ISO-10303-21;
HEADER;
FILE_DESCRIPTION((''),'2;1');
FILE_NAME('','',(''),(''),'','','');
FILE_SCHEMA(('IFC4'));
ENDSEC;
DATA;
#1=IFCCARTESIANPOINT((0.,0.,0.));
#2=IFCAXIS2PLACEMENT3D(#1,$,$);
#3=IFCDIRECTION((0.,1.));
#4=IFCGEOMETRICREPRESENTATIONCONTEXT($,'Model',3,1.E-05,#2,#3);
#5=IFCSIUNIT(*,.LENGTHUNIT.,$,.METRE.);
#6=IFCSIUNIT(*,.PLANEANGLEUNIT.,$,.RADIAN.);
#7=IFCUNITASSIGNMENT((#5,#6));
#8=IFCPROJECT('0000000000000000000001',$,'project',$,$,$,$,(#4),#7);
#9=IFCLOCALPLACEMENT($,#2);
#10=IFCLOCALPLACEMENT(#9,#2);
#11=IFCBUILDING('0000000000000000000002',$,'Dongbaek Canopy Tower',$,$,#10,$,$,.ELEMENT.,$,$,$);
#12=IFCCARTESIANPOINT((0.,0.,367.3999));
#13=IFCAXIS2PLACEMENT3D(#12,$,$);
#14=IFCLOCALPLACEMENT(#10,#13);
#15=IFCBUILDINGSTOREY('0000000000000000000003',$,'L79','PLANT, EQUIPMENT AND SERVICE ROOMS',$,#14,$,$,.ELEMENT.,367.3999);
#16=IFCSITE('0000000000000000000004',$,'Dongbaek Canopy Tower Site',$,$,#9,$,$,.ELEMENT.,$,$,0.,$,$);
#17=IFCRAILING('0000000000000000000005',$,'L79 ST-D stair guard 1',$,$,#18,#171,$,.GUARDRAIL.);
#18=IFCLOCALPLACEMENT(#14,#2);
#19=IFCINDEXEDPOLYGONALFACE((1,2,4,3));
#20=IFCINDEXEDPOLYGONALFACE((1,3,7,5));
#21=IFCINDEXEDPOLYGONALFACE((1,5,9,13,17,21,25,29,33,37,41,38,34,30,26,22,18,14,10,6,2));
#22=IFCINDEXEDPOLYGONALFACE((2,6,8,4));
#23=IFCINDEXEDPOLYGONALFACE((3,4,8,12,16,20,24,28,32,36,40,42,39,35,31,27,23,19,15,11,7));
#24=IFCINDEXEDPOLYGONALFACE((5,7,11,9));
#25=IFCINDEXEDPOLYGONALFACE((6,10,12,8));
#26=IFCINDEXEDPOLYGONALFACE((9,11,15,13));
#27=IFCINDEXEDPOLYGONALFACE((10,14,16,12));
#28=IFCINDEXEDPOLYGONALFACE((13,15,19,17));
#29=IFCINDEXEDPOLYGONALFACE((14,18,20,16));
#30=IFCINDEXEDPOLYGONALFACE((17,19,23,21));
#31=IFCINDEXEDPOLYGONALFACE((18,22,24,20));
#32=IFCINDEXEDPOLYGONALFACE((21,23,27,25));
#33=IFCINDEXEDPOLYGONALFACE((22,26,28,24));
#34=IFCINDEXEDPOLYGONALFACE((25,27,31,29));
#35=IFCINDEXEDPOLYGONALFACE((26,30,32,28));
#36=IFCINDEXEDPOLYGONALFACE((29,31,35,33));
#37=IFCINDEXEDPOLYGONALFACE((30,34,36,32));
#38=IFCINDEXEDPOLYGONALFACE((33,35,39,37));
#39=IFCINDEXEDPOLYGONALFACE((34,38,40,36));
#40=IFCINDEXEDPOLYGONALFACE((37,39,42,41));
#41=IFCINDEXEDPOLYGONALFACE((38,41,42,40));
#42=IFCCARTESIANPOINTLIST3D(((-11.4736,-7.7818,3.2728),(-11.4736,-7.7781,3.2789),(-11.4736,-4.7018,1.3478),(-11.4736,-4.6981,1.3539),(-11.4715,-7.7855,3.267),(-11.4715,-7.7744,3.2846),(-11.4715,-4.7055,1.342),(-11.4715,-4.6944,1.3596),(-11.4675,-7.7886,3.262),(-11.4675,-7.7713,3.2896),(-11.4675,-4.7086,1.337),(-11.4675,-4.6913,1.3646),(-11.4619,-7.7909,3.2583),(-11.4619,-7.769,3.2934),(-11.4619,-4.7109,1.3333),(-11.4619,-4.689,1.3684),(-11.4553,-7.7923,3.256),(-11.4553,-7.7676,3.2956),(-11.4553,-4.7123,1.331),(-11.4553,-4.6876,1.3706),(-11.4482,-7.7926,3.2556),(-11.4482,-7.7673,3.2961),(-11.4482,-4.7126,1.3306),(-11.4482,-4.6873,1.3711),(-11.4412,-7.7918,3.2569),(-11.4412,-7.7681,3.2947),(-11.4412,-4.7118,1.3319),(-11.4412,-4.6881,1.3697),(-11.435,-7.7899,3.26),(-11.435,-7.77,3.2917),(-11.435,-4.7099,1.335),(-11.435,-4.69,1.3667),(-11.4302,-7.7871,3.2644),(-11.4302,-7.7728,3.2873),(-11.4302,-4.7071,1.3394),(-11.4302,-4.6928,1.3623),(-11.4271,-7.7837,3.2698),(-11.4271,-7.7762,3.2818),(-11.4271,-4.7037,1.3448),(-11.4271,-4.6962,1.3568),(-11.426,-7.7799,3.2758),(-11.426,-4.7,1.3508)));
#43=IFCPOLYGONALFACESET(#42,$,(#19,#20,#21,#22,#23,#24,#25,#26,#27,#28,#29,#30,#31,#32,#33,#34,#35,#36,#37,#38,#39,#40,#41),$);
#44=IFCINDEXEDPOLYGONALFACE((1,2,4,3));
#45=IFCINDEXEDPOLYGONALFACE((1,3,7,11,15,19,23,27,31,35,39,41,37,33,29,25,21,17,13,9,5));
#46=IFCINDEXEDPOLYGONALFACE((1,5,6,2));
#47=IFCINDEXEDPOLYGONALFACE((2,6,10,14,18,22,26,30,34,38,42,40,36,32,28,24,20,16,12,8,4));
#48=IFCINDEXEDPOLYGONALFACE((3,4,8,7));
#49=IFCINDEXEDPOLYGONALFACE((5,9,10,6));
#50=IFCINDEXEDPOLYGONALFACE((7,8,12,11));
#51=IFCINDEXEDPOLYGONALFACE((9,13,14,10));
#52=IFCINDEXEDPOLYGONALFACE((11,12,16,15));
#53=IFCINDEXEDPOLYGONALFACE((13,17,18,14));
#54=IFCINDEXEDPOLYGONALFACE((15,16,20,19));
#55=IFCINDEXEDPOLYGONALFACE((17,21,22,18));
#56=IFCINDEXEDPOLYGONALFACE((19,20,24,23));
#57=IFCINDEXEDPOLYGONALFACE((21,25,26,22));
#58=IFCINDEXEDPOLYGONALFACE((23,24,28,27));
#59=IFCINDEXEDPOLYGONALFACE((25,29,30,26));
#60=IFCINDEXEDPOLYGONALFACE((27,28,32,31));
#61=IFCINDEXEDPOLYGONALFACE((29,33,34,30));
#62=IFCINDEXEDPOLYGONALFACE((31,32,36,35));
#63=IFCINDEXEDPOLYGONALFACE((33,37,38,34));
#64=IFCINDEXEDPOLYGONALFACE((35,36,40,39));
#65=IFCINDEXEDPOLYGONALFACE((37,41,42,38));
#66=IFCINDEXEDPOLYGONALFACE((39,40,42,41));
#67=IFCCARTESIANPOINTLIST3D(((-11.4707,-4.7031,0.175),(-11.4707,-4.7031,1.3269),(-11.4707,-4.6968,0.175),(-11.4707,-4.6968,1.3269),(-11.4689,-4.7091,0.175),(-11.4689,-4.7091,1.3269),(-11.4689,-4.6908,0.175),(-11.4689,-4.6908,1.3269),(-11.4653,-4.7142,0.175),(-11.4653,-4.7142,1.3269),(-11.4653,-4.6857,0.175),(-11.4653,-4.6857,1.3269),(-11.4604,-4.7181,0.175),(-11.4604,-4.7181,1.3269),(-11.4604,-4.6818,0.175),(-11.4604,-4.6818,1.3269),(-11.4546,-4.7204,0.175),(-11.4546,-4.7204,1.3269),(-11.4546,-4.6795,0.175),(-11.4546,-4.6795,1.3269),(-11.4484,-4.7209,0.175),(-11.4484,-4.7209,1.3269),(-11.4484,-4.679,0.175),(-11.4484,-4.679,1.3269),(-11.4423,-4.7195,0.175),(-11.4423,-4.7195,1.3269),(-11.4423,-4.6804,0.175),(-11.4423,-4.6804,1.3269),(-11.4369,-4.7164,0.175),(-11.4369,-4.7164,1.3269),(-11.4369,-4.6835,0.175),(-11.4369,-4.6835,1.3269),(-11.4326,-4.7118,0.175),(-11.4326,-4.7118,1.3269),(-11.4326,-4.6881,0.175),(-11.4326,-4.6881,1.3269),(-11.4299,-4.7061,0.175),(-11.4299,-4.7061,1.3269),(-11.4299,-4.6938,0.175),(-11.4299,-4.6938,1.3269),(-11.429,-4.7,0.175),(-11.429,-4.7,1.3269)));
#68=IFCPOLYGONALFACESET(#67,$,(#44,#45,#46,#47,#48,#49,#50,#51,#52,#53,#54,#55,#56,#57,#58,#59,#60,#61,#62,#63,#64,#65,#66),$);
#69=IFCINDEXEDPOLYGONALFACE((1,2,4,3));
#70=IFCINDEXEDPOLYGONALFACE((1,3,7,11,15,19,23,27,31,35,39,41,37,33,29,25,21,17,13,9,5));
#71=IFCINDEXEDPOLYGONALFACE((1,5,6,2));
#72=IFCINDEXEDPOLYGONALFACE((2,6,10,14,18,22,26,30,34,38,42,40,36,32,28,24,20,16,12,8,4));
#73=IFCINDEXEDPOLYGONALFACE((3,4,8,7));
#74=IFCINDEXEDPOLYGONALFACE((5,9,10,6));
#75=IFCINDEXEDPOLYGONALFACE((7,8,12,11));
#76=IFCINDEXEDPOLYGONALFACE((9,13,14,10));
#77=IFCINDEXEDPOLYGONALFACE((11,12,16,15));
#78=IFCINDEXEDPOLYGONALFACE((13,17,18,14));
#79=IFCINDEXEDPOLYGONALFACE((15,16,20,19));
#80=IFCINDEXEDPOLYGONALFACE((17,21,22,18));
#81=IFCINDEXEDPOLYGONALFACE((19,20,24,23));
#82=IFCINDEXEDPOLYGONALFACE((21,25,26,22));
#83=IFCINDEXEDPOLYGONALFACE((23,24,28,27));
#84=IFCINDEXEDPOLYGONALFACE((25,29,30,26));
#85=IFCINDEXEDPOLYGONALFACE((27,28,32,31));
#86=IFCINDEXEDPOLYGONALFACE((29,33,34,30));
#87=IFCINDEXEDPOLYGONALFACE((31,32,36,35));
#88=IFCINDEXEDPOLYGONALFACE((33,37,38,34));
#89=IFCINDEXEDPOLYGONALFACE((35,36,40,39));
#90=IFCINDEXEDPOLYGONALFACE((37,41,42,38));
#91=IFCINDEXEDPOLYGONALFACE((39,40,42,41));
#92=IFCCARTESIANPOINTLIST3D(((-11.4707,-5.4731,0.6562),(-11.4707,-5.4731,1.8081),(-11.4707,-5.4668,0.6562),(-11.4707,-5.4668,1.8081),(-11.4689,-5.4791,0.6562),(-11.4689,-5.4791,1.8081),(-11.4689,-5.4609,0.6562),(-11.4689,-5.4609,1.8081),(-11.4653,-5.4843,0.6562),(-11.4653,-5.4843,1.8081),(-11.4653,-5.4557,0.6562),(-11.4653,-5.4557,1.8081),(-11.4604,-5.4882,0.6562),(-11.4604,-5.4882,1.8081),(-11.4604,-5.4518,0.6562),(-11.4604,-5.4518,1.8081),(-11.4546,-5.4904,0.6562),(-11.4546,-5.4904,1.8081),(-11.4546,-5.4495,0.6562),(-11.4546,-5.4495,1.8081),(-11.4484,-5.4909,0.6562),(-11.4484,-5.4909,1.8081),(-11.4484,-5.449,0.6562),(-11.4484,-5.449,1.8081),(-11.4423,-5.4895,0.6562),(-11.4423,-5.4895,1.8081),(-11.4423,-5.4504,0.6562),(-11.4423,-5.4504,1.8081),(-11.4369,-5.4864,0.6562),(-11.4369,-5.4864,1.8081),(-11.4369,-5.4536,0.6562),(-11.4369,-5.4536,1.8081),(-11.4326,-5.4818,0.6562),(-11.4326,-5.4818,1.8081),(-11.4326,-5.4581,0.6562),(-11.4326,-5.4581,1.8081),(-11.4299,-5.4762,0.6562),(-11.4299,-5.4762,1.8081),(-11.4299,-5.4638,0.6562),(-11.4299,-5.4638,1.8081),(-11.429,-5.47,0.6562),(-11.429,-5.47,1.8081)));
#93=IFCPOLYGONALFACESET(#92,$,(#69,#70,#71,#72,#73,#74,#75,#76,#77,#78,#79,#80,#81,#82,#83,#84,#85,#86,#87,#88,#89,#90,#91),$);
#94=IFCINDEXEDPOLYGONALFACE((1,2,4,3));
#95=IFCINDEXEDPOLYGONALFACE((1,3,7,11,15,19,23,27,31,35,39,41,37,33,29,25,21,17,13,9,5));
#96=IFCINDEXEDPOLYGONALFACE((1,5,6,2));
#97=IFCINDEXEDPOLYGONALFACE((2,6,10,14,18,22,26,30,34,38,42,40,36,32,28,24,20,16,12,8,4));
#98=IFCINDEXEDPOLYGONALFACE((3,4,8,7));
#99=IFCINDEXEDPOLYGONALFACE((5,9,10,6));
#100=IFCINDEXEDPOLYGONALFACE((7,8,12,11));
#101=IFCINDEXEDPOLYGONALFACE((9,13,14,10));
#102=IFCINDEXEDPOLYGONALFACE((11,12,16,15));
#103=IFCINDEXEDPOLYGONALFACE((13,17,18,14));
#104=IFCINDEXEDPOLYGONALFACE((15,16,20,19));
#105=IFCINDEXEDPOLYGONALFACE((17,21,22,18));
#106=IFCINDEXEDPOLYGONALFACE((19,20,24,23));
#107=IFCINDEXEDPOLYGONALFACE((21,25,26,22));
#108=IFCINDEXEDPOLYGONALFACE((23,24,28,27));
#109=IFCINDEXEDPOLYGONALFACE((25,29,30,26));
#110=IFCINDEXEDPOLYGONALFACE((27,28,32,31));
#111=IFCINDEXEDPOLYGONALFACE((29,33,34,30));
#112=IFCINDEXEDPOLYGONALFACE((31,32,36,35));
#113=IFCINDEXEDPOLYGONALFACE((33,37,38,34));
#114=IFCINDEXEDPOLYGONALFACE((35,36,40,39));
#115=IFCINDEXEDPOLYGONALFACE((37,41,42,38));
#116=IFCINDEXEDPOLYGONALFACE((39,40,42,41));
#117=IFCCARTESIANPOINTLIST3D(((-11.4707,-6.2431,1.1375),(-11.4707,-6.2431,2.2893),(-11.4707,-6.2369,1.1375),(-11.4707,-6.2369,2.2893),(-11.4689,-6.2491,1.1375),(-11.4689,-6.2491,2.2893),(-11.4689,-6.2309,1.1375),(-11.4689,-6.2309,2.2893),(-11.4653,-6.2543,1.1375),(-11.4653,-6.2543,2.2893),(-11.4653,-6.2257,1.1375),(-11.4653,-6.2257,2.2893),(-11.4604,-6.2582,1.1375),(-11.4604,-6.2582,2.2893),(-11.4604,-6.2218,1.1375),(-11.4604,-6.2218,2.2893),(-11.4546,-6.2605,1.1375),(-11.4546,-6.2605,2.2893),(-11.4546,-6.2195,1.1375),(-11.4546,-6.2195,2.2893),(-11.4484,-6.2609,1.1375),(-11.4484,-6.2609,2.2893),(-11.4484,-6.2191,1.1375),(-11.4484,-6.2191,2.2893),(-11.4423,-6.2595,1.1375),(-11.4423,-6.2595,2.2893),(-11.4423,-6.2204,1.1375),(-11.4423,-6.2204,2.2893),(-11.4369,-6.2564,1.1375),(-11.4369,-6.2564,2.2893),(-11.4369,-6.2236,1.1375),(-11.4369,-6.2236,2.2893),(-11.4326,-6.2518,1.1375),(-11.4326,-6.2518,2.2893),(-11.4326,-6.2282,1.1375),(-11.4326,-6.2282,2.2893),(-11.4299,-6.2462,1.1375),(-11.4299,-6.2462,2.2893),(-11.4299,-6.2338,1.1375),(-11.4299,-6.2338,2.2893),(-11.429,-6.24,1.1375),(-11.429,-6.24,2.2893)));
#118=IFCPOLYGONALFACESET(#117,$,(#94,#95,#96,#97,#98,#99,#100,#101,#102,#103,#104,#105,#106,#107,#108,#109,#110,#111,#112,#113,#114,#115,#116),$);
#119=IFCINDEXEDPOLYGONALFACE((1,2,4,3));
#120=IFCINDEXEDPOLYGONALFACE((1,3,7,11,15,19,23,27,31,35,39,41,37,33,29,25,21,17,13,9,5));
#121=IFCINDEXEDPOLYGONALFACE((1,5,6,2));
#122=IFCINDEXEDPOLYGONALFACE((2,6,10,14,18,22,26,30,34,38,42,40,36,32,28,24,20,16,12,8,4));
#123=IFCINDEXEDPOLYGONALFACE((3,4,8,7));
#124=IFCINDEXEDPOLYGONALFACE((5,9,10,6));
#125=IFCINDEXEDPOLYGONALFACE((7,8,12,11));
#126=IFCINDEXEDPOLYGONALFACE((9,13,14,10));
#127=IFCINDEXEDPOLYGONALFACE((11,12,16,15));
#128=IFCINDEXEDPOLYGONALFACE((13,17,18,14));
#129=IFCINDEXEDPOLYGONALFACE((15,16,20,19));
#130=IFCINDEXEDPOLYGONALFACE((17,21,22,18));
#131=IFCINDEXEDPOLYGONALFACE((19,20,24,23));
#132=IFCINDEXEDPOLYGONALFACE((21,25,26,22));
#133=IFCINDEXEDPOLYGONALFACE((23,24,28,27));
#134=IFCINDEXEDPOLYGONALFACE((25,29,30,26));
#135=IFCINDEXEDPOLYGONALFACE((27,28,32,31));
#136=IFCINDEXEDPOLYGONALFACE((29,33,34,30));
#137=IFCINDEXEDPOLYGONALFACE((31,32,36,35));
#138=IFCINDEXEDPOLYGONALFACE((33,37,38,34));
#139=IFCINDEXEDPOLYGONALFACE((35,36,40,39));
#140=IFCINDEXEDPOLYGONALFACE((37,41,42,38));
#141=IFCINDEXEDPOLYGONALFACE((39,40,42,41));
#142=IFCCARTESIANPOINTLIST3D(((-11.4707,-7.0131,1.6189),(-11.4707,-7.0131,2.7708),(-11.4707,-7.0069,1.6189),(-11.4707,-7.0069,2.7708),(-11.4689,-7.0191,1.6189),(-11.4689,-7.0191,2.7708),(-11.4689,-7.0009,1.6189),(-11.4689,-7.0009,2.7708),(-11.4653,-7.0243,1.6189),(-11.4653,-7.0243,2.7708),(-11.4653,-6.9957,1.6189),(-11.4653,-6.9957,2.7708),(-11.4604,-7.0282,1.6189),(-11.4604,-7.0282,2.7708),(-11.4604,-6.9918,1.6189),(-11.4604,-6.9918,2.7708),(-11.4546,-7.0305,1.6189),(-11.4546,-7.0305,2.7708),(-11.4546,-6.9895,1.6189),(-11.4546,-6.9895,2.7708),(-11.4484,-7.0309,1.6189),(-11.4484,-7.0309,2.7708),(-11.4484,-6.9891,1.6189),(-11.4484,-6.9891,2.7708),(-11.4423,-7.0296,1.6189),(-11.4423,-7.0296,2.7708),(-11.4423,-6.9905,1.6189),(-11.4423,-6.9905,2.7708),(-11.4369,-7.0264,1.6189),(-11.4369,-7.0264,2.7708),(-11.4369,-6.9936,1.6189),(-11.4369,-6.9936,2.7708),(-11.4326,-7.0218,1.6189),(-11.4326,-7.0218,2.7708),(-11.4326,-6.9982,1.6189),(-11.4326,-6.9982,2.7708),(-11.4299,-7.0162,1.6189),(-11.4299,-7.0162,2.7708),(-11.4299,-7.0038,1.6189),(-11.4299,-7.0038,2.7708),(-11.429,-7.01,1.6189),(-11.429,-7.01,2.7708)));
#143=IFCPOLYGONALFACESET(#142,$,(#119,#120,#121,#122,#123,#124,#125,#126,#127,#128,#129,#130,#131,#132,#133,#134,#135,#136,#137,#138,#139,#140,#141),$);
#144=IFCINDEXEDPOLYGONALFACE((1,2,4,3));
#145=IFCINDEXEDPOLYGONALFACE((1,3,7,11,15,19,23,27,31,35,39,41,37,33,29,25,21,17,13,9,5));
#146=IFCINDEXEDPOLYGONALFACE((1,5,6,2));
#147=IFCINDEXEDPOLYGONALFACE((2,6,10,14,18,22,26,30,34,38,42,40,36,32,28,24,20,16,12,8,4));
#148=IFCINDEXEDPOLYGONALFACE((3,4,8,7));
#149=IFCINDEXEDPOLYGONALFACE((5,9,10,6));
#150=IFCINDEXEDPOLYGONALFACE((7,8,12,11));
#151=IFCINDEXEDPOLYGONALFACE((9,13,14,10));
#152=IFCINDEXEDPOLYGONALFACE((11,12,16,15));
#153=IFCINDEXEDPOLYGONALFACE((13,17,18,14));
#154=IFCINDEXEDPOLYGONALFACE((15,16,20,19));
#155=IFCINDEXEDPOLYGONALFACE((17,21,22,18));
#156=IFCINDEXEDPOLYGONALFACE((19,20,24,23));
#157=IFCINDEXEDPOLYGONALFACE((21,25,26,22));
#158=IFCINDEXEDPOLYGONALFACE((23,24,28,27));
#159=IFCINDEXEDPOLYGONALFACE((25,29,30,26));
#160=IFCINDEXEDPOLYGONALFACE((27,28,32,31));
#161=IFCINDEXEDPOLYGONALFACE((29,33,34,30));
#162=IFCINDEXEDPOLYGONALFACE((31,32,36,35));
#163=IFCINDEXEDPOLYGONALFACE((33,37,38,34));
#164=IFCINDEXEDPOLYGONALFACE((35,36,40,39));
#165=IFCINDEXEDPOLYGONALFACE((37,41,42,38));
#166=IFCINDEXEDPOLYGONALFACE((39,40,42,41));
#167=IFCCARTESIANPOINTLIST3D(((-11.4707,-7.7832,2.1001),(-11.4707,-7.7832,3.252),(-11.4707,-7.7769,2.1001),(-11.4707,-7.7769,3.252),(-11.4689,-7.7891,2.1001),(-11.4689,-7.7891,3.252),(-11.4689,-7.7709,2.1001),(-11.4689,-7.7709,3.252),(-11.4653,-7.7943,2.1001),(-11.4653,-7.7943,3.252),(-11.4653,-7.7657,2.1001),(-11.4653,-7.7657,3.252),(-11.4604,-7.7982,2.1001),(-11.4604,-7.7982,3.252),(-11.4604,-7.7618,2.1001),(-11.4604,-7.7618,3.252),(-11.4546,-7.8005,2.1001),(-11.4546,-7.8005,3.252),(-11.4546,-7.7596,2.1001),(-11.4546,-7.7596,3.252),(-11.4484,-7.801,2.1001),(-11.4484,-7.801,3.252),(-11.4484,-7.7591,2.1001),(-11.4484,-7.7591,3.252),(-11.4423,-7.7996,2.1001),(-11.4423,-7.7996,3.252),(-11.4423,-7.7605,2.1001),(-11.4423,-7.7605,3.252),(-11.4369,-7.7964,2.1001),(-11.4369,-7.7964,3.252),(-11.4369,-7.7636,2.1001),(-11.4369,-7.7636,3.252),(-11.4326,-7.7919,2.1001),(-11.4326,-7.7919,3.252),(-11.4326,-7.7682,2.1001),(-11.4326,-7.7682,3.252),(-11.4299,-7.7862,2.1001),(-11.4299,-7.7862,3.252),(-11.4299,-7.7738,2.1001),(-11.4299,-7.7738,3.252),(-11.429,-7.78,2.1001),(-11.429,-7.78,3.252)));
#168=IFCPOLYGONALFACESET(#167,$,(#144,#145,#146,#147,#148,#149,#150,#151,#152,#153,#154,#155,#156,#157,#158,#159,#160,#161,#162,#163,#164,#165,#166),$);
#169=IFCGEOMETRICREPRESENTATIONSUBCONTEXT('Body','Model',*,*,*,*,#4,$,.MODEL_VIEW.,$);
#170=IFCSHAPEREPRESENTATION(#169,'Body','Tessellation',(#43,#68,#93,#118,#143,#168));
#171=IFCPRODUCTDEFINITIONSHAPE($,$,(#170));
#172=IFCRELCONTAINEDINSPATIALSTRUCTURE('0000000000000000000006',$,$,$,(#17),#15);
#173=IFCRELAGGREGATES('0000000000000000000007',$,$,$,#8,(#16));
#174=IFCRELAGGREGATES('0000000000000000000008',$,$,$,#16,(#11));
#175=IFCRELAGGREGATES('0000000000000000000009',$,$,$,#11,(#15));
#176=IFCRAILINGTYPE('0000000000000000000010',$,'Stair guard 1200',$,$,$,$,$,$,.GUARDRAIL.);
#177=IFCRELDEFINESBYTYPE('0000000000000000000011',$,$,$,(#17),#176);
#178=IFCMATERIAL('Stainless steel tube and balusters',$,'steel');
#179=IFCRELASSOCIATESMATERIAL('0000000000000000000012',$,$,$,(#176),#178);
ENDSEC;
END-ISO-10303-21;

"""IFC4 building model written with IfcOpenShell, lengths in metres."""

from ifc_helpers import new_model, si_unit, direction, frame, origin, origin_2d, place, context, subcontext, project, spatial, circle, extrude, material, type_object, element, save


model = new_model("IFC4")

# Units and contexts
model_context = context("Model", 3, precision=1e-05, world=origin(), true_north=direction((0.0, 1.0)))
body_context = subcontext(model_context, "Body", "Model", "MODEL_VIEW")
ifc_project = project(units=[si_unit("LENGTHUNIT", "METRE"), si_unit("PLANEANGLEUNIT", "RADIAN")], contexts=[model_context])

# Site, building, storey
site_placement = place(None, origin())
site = spatial("IfcSite", under=ifc_project, at=site_placement, Name="Dongbaek Canopy Tower Site", CompositionType="ELEMENT", RefElevation=0.0)
building_placement = place(site_placement, origin())
building = spatial("IfcBuilding", under=site, at=building_placement, Name="Dongbaek Canopy Tower", CompositionType="ELEMENT")
storey_placement = place(building_placement, frame((0.0, 0.0, 367.3999)))
storey = spatial("IfcBuildingStorey", under=building, at=storey_placement, Name="L79", Description="PLANT, EQUIPMENT AND SERVICE ROOMS", CompositionType="ELEMENT", Elevation=367.3999)

# Railing
ifc_material_1 = material(Name="Stainless steel tube and balusters", Category="steel")
railing_type_1 = type_object("IfcRailingType", Name="Stair guard 1200", PredefinedType="GUARDRAIL", material=ifc_material_1)
railing_1_placement = place(storey_placement, frame((-11.45, -4.7, 0.175)))
element("IfcRailing", 1, at=railing_1_placement, inside=storey, type_object=railing_type_1, Name="L79 ST-D stair guard 1", PredefinedType="GUARDRAIL", context=body_context, shape_type="SweptSolid", body=[
    extrude(circle(Radius=0.0239, at=origin_2d()), frame((0.0, 0.0, 1.1758), z_axis=(0.0, -0.847998, 0.529999), x_axis=(1.0, 0.0, 0.0)), (0.0, 0.0, 1.0), 3.6321),
    extrude(circle(Radius=0.021, at=origin_2d()), origin(), (0.0, 0.0, 1.0), 1.1519),
    extrude(circle(Radius=0.021, at=origin_2d()), frame((0.0, -0.77, 0.4812)), (0.0, 0.0, 1.0), 1.1519),
    extrude(circle(Radius=0.021, at=origin_2d()), frame((0.0, -1.54, 0.9624)), (0.0, 0.0, 1.0), 1.1519),
    extrude(circle(Radius=0.021, at=origin_2d()), frame((0.0, -2.3101, 1.4438)), (0.0, 0.0, 1.0), 1.1519),
    extrude(circle(Radius=0.021, at=origin_2d()), frame((0.0, -3.0801, 1.925)), (0.0, 0.0, 1.0), 1.1519),
])

save(model, "model.ifc")
